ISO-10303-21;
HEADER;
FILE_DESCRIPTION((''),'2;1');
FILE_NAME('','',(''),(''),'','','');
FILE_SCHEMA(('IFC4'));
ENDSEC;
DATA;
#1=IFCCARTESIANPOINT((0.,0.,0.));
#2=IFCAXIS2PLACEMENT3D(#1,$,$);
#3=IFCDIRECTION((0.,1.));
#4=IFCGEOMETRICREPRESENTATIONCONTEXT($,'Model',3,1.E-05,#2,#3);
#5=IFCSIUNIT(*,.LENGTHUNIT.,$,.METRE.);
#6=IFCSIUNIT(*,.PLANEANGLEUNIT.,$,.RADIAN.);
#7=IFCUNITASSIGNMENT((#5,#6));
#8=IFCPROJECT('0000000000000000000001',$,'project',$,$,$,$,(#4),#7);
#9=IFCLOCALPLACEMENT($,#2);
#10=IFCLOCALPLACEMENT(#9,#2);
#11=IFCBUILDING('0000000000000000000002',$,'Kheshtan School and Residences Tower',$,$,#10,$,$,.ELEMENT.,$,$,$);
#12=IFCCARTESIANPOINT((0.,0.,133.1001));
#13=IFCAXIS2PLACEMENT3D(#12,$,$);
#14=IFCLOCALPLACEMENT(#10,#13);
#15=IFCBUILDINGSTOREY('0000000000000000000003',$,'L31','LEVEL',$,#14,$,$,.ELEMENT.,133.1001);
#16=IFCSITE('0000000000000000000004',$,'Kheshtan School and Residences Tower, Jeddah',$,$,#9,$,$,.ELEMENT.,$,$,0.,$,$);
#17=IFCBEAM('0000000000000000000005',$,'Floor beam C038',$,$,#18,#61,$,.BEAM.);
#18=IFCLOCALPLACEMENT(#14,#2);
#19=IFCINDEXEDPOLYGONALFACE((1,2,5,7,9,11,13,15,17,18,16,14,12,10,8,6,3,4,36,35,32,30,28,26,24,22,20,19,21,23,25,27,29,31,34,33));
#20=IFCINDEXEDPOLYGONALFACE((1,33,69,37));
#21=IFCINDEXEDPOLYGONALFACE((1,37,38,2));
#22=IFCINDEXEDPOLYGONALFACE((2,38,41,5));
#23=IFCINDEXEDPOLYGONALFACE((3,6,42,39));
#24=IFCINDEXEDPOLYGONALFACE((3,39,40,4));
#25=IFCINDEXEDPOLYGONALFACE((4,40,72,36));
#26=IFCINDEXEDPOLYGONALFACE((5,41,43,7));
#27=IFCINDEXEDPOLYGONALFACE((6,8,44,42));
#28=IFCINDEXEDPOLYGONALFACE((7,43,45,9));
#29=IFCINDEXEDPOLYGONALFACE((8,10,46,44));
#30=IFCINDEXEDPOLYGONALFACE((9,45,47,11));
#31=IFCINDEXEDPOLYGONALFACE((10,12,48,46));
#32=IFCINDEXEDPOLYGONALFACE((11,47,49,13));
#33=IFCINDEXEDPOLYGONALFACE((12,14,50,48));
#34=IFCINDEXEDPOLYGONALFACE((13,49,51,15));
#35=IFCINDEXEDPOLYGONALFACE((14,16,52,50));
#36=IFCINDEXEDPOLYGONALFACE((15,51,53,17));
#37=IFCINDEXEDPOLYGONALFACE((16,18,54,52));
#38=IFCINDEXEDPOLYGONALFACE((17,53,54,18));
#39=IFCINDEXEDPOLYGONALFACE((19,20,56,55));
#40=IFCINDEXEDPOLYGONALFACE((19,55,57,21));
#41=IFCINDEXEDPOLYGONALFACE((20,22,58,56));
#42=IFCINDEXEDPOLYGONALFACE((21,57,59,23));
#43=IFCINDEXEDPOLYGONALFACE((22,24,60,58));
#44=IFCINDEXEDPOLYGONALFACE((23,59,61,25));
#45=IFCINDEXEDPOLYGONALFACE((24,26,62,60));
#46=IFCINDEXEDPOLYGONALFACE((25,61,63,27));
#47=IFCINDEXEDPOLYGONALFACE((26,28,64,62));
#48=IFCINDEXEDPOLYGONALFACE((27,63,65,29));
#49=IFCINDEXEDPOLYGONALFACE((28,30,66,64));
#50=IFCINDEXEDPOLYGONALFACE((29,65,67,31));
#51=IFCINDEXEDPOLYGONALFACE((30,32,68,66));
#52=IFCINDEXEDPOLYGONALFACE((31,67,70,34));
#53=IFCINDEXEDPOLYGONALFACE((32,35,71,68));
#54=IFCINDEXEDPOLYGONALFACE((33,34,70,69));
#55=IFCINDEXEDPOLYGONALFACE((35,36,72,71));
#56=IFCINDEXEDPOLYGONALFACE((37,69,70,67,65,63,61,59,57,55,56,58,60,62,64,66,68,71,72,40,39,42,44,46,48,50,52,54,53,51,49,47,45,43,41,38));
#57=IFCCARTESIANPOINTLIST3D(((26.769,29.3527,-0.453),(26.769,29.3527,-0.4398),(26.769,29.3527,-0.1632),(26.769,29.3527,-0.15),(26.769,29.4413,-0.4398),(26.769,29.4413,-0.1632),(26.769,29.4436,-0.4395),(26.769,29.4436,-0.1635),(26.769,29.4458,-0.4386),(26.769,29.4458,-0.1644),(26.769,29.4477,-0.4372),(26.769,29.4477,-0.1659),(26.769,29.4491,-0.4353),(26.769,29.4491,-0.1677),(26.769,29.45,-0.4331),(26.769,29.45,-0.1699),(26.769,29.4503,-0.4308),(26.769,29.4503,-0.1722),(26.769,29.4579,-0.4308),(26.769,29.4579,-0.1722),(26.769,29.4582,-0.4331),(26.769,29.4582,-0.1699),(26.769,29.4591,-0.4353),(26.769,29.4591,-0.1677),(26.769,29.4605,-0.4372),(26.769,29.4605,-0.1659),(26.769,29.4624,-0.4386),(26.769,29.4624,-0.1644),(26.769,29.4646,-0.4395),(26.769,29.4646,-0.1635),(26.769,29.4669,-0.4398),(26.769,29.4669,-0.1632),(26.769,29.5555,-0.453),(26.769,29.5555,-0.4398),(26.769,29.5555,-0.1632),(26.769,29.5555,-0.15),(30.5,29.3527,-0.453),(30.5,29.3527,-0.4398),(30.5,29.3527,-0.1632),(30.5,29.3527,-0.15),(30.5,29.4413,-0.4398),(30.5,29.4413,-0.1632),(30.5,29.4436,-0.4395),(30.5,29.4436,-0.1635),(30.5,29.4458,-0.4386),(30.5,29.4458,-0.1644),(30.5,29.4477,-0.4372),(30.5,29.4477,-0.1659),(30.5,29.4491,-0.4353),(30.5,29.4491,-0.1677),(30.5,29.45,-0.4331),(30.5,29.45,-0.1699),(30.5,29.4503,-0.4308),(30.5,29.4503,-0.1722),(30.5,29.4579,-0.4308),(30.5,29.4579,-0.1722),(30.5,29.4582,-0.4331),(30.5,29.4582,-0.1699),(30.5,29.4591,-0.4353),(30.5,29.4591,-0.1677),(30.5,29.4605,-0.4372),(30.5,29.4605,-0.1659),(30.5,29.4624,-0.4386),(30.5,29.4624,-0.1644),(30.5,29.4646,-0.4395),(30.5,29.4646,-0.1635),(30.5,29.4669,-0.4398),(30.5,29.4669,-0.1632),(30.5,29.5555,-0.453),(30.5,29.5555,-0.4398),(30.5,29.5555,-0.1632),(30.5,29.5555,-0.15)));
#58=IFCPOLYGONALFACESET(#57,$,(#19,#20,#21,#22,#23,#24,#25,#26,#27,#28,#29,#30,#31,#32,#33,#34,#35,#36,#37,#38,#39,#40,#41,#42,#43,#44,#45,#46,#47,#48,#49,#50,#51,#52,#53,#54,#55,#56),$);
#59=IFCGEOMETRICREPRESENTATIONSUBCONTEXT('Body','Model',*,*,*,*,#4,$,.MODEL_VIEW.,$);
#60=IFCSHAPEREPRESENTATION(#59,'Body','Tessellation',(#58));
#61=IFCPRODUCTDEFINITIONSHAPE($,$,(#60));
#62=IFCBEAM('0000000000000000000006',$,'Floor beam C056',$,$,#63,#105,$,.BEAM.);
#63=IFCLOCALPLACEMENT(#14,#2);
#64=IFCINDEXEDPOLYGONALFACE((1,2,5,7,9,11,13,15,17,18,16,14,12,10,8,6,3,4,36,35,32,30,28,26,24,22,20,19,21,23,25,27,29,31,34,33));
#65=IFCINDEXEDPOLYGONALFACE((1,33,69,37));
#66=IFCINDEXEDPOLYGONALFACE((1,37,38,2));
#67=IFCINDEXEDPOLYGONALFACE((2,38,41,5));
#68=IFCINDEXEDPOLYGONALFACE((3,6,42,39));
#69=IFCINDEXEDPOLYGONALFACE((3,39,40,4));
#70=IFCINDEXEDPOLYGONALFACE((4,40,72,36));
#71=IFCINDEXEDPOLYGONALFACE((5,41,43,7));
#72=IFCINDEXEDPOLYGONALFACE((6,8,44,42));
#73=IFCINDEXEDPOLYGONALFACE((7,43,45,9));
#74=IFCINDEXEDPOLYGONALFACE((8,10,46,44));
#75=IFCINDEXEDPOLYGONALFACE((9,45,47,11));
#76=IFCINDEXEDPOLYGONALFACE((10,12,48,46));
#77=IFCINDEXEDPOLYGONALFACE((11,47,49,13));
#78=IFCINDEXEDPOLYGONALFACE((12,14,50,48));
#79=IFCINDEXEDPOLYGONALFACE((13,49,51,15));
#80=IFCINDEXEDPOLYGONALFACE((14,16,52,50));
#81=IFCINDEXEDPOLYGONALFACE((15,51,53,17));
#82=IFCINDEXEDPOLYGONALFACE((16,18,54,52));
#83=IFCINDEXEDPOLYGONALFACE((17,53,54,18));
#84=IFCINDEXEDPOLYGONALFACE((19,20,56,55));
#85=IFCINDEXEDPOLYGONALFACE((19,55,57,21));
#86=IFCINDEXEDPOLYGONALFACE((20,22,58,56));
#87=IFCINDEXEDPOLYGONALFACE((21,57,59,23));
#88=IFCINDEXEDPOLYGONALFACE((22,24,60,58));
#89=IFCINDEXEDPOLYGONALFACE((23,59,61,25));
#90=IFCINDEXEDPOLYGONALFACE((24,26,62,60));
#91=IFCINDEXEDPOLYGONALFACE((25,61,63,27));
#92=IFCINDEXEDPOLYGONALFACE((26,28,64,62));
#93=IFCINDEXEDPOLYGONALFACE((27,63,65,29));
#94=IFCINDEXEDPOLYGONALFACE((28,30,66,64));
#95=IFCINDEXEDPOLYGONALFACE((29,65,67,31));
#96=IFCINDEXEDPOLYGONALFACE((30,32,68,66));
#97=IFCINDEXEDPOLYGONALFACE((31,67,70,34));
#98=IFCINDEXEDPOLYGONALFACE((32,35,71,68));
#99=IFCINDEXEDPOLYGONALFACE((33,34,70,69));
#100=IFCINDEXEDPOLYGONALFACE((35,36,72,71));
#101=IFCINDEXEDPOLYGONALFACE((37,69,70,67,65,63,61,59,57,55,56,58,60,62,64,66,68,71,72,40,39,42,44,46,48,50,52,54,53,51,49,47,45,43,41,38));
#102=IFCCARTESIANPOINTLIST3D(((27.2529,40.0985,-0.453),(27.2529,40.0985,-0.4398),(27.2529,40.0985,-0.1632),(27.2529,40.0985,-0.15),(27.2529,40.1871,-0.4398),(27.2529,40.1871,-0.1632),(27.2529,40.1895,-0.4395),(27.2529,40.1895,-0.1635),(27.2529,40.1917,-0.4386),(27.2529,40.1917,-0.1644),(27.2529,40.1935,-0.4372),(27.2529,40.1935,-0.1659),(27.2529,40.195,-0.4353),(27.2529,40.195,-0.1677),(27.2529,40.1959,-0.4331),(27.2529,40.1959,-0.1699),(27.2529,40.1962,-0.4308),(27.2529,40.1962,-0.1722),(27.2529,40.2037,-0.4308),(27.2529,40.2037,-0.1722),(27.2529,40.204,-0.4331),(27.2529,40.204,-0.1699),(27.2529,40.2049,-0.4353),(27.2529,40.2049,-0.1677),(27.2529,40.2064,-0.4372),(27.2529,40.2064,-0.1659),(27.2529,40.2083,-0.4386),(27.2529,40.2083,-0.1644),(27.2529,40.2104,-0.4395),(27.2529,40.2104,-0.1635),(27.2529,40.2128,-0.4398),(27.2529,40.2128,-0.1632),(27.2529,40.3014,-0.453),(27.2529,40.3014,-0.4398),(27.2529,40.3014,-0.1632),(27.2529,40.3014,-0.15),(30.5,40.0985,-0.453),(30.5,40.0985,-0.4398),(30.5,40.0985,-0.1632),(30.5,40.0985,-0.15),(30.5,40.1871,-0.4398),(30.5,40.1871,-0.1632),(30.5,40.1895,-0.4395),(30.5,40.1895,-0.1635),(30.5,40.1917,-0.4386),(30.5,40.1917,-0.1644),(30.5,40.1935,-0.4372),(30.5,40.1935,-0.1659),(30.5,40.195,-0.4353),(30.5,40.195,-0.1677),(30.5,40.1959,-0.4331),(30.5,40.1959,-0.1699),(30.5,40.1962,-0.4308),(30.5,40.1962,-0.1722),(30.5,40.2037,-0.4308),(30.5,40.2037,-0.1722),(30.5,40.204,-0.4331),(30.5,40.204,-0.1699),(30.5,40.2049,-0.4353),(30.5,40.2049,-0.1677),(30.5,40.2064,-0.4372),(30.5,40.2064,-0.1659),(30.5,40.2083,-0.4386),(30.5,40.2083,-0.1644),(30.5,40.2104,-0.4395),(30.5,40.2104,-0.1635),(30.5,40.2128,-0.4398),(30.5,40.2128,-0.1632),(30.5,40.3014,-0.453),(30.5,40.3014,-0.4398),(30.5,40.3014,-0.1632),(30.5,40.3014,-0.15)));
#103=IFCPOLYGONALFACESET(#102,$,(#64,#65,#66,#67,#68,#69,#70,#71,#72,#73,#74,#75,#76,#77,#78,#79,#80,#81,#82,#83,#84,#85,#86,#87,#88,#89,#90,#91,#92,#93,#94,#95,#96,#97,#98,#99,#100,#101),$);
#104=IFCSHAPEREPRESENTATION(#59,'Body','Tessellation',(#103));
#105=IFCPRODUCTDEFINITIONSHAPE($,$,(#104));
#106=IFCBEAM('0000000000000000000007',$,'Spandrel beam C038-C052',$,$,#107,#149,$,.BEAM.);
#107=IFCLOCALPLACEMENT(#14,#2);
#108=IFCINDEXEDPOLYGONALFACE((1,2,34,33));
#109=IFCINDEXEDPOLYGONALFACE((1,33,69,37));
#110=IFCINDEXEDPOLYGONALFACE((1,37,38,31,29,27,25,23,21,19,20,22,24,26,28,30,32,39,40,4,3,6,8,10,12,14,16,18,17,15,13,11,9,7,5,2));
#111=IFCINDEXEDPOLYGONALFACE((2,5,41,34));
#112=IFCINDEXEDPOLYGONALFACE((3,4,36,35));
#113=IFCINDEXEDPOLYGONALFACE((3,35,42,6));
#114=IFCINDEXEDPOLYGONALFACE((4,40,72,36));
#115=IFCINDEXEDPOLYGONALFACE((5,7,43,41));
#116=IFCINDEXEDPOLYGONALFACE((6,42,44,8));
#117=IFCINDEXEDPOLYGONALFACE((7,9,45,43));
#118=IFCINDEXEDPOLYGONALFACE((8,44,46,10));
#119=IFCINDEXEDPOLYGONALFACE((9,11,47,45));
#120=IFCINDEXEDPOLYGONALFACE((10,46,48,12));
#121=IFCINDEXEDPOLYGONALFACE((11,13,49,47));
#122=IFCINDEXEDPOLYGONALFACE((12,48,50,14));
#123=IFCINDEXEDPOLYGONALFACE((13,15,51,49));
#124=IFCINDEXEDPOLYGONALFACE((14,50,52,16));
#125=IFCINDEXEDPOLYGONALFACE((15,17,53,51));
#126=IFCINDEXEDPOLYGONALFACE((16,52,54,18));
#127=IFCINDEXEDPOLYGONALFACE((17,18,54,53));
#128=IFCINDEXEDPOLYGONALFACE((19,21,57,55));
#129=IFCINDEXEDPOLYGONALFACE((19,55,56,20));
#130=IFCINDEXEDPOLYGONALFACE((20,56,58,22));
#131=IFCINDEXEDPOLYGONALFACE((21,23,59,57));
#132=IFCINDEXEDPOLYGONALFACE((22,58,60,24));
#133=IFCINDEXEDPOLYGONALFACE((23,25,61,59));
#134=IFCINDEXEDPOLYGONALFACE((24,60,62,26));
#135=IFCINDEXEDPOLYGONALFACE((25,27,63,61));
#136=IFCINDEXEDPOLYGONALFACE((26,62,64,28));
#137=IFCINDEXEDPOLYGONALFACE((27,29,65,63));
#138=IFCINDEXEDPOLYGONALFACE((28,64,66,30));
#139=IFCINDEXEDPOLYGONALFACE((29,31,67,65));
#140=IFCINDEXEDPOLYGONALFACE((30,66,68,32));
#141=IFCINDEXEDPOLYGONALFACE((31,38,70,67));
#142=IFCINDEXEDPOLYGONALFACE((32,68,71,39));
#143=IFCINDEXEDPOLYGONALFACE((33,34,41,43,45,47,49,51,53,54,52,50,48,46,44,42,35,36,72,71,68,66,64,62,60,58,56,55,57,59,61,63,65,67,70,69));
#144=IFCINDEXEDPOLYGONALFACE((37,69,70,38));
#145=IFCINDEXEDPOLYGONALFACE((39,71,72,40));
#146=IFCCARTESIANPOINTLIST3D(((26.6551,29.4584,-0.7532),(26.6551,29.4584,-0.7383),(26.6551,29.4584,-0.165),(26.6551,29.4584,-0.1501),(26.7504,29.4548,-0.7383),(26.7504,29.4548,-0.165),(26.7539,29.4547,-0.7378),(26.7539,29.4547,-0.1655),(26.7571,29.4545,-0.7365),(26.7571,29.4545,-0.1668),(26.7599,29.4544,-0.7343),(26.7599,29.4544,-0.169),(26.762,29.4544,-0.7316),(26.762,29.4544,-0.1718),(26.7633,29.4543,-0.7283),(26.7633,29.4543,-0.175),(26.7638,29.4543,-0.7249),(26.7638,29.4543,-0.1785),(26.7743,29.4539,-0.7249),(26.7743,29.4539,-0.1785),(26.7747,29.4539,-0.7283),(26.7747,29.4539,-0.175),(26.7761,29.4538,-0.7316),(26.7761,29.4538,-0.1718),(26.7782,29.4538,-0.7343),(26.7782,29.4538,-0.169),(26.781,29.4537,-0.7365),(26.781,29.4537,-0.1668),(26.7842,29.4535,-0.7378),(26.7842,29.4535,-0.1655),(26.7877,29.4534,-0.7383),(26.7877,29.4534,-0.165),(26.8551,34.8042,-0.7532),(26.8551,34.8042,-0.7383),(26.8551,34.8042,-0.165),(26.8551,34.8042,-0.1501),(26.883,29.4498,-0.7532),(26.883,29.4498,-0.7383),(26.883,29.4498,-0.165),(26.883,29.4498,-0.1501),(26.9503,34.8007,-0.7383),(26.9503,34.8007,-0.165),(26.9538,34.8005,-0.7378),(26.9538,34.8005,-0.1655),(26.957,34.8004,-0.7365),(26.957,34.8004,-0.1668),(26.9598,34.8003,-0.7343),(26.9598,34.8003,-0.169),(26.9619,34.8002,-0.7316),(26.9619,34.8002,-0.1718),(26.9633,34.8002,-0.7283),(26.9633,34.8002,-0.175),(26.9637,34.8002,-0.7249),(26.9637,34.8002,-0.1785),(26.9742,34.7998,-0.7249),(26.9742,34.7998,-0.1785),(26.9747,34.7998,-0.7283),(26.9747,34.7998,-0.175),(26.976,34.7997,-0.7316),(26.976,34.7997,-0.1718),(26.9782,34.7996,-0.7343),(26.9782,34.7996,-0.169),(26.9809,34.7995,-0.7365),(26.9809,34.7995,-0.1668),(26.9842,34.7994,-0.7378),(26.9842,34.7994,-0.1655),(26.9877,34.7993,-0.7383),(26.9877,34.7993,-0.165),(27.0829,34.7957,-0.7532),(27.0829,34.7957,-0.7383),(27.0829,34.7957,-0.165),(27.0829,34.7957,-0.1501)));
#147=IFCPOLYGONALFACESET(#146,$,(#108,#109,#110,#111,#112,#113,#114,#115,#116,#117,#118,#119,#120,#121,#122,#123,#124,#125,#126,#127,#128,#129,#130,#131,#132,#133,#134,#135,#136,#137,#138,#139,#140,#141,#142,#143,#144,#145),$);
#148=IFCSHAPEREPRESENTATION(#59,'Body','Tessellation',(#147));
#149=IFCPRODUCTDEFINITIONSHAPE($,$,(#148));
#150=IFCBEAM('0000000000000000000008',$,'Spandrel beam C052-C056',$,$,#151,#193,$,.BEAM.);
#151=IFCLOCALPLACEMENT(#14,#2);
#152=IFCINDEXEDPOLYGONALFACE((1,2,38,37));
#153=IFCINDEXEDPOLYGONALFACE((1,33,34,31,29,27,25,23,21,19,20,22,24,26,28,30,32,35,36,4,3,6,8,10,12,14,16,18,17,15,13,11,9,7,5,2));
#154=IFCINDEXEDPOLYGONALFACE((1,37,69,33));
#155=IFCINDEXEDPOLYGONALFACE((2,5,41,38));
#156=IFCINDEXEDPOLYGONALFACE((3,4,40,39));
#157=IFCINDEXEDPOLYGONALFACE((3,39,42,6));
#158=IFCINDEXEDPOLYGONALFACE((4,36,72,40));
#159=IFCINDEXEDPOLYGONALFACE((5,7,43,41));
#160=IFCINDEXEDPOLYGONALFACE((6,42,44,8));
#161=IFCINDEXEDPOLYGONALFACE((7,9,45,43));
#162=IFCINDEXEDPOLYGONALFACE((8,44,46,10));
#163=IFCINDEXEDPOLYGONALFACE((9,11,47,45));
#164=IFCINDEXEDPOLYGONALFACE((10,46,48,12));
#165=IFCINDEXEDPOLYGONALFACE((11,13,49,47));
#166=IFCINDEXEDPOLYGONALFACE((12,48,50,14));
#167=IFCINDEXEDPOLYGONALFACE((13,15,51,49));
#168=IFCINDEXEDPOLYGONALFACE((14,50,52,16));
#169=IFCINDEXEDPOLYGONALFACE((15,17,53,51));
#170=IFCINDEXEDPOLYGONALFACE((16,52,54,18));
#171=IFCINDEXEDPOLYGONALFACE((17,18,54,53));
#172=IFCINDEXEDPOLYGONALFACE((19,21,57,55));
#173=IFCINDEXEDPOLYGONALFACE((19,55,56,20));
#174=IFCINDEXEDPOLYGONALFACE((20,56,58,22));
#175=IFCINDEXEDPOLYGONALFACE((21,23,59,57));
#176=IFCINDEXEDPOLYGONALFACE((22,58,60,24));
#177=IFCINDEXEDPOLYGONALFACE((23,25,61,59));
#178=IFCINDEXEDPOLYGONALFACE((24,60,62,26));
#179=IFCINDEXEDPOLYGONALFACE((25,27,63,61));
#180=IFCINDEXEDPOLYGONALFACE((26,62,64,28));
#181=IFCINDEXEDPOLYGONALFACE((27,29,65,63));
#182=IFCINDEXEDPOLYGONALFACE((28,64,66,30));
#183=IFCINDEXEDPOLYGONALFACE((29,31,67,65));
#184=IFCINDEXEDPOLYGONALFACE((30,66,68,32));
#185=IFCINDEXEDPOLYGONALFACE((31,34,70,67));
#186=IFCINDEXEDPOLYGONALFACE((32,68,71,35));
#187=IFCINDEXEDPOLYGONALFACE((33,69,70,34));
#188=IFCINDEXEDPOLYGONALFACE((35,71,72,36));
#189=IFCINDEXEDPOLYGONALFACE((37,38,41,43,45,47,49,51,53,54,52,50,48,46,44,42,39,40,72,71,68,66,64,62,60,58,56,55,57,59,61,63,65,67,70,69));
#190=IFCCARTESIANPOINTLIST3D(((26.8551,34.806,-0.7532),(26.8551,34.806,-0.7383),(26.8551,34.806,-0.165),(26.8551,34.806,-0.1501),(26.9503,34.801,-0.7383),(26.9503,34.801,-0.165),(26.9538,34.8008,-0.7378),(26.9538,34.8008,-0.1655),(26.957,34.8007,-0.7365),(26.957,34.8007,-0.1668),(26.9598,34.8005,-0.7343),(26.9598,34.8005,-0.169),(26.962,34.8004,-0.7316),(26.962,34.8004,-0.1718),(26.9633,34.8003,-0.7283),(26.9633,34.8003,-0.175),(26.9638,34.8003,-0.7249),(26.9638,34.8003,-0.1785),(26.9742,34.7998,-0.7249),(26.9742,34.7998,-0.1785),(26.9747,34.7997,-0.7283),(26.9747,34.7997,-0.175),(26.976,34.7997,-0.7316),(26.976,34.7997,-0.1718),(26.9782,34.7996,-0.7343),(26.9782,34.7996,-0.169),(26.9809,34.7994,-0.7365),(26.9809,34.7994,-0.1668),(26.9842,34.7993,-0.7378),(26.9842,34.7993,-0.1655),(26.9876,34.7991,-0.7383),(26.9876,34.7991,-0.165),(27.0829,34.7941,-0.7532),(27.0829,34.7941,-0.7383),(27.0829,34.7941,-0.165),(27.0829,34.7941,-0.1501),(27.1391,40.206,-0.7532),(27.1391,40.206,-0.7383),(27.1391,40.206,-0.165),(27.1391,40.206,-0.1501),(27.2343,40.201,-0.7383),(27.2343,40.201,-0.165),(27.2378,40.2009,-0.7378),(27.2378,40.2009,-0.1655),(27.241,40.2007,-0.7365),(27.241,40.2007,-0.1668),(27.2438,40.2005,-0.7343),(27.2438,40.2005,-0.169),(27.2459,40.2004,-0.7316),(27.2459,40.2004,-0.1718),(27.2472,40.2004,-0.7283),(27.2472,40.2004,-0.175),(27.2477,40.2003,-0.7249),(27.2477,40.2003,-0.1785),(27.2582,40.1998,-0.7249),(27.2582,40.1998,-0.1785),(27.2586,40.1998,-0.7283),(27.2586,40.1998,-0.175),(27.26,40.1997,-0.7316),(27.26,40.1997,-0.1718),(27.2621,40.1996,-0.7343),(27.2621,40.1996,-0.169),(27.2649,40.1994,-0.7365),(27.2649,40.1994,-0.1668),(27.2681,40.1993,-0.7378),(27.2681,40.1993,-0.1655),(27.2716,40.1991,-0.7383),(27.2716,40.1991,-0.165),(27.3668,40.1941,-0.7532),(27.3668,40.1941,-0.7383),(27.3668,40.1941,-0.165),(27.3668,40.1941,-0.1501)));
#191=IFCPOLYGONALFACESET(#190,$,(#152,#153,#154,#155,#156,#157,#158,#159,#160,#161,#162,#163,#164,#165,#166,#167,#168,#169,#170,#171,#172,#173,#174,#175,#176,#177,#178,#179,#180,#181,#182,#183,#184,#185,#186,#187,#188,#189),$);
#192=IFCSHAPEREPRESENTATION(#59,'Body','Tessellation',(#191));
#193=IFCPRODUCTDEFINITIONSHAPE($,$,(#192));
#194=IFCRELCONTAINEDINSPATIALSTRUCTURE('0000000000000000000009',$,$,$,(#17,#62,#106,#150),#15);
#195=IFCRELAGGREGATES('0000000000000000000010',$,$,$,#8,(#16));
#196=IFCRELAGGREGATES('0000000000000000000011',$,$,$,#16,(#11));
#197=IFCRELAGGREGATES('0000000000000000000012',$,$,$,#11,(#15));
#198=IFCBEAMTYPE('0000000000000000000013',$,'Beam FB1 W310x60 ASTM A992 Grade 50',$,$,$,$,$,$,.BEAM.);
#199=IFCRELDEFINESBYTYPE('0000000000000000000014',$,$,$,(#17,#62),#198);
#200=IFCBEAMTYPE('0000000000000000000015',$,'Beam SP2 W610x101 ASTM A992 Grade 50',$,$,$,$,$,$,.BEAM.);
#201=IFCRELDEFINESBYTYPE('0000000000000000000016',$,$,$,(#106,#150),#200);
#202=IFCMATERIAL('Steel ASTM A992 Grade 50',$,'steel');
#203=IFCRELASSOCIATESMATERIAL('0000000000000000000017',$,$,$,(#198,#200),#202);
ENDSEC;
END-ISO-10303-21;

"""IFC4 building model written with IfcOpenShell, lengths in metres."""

from ifc_helpers import new_model, si_unit, direction, frame, origin, origin_2d, place, context, subcontext, project, spatial, i_section, extrude, material, material_profile, profile_set, type_object, element, save


model = new_model("IFC4")

# Units and contexts
model_context = context("Model", 3, precision=1e-05, world=origin(), true_north=direction((0.0, 1.0)))
body_context = subcontext(model_context, "Body", "Model", "MODEL_VIEW")
ifc_project = project(units=[si_unit("LENGTHUNIT", "METRE"), si_unit("PLANEANGLEUNIT", "RADIAN")], contexts=[model_context])

# Site, building, storey
site_placement = place(None, origin())
site = spatial("IfcSite", under=ifc_project, at=site_placement, Name="Kheshtan School and Residences Tower, Jeddah", CompositionType="ELEMENT", RefElevation=0.0)
building_placement = place(site_placement, origin())
building = spatial("IfcBuilding", under=site, at=building_placement, Name="Kheshtan School and Residences Tower", CompositionType="ELEMENT")
storey_placement = place(building_placement, frame((0.0, 0.0, 133.1001)))
storey = spatial("IfcBuildingStorey", under=building, at=storey_placement, Name="L31", Description="LEVEL", CompositionType="ELEMENT", Elevation=133.1001)

# Shared definitions
ifc_material_1 = material(Name="Steel ASTM A992 Grade 50", Category="steel")

# Beams
ifc_material_profile_1 = material_profile(ifc_material_1, i_section(OverallWidth=0.2029, OverallDepth=0.303, WebThickness=0.0076, FlangeThickness=0.0132, FilletRadius=0.009, at=origin_2d()), Name="W310x60")
ifc_profile_set_1 = profile_set([ifc_material_profile_1], Name="Steel ASTM A992 Grade 50")
beam_type_1 = type_object("IfcBeamType", Name="Beam FB1 W310x60 ASTM A992 Grade 50", PredefinedType="BEAM", material=ifc_profile_set_1)
beam_1_placement = place(storey_placement, frame((26.769, 29.4541, -0.3015), z_axis=(1.0, 0.0, 0.0), x_axis=(0.0, 1.0, 0.0)))
element("IfcBeam", 1, at=beam_1_placement, inside=storey, type_object=beam_type_1, Name="Floor beam C038", PredefinedType="BEAM", context=body_context, shape_type="SweptSolid", body=[
    extrude(i_section(OverallWidth=0.2029, OverallDepth=0.303, WebThickness=0.0076, FlangeThickness=0.0132, FilletRadius=0.009, at=origin_2d()), origin(), (0.0, 0.0, 1.0), 3.731),
])
beam_2_placement = place(storey_placement, frame((27.2529, 40.2, -0.3015), z_axis=(1.0, 0.0, 0.0), x_axis=(0.0, 1.0, 0.0)))
element("IfcBeam", 2, at=beam_2_placement, inside=storey, type_object=beam_type_1, Name="Floor beam C056", PredefinedType="BEAM", context=body_context, shape_type="SweptSolid", body=[
    extrude(i_section(OverallWidth=0.2029, OverallDepth=0.303, WebThickness=0.0076, FlangeThickness=0.0132, FilletRadius=0.009, at=origin_2d()), origin(), (0.0, 0.0, 1.0), 3.2471),
])
ifc_material_profile_2 = material_profile(ifc_material_1, i_section(OverallWidth=0.228, OverallDepth=0.603, WebThickness=0.0105, FlangeThickness=0.0149, FilletRadius=0.0134, at=origin_2d()), Name="W610x101")
ifc_profile_set_2 = profile_set([ifc_material_profile_2], Name="Steel ASTM A992 Grade 50")
beam_type_2 = type_object("IfcBeamType", Name="Beam SP2 W610x101 ASTM A992 Grade 50", PredefinedType="BEAM", material=ifc_profile_set_2)
beam_3_placement = place(storey_placement, frame((26.769, 29.4541, -0.4517), z_axis=(0.037376, 0.999301, 0.0), x_axis=(-0.999301, 0.037376, 0.0)))
element("IfcBeam", 3, at=beam_3_placement, inside=storey, type_object=beam_type_2, Name="Spandrel beam C038-C052", PredefinedType="BEAM", context=body_context, shape_type="SweptSolid", body=[
    extrude(i_section(OverallWidth=0.228, OverallDepth=0.603, WebThickness=0.0105, FlangeThickness=0.0149, FilletRadius=0.0134, at=origin_2d()), origin(), (0.0, 0.0, 1.0), 5.3496),
])
beam_4_placement = place(storey_placement, frame((26.969, 34.8, -0.4517), z_axis=(0.052509, 0.99862, 0.0), x_axis=(-0.99862, 0.052509, 0.0)))
element("IfcBeam", 4, at=beam_4_placement, inside=storey, type_object=beam_type_2, Name="Spandrel beam C052-C056", PredefinedType="BEAM", context=body_context, shape_type="SweptSolid", body=[
    extrude(i_section(OverallWidth=0.228, OverallDepth=0.603, WebThickness=0.0105, FlangeThickness=0.0149, FilletRadius=0.0134, at=origin_2d()), origin(), (0.0, 0.0, 1.0), 5.4075),
])

save(model, "model.ifc")
